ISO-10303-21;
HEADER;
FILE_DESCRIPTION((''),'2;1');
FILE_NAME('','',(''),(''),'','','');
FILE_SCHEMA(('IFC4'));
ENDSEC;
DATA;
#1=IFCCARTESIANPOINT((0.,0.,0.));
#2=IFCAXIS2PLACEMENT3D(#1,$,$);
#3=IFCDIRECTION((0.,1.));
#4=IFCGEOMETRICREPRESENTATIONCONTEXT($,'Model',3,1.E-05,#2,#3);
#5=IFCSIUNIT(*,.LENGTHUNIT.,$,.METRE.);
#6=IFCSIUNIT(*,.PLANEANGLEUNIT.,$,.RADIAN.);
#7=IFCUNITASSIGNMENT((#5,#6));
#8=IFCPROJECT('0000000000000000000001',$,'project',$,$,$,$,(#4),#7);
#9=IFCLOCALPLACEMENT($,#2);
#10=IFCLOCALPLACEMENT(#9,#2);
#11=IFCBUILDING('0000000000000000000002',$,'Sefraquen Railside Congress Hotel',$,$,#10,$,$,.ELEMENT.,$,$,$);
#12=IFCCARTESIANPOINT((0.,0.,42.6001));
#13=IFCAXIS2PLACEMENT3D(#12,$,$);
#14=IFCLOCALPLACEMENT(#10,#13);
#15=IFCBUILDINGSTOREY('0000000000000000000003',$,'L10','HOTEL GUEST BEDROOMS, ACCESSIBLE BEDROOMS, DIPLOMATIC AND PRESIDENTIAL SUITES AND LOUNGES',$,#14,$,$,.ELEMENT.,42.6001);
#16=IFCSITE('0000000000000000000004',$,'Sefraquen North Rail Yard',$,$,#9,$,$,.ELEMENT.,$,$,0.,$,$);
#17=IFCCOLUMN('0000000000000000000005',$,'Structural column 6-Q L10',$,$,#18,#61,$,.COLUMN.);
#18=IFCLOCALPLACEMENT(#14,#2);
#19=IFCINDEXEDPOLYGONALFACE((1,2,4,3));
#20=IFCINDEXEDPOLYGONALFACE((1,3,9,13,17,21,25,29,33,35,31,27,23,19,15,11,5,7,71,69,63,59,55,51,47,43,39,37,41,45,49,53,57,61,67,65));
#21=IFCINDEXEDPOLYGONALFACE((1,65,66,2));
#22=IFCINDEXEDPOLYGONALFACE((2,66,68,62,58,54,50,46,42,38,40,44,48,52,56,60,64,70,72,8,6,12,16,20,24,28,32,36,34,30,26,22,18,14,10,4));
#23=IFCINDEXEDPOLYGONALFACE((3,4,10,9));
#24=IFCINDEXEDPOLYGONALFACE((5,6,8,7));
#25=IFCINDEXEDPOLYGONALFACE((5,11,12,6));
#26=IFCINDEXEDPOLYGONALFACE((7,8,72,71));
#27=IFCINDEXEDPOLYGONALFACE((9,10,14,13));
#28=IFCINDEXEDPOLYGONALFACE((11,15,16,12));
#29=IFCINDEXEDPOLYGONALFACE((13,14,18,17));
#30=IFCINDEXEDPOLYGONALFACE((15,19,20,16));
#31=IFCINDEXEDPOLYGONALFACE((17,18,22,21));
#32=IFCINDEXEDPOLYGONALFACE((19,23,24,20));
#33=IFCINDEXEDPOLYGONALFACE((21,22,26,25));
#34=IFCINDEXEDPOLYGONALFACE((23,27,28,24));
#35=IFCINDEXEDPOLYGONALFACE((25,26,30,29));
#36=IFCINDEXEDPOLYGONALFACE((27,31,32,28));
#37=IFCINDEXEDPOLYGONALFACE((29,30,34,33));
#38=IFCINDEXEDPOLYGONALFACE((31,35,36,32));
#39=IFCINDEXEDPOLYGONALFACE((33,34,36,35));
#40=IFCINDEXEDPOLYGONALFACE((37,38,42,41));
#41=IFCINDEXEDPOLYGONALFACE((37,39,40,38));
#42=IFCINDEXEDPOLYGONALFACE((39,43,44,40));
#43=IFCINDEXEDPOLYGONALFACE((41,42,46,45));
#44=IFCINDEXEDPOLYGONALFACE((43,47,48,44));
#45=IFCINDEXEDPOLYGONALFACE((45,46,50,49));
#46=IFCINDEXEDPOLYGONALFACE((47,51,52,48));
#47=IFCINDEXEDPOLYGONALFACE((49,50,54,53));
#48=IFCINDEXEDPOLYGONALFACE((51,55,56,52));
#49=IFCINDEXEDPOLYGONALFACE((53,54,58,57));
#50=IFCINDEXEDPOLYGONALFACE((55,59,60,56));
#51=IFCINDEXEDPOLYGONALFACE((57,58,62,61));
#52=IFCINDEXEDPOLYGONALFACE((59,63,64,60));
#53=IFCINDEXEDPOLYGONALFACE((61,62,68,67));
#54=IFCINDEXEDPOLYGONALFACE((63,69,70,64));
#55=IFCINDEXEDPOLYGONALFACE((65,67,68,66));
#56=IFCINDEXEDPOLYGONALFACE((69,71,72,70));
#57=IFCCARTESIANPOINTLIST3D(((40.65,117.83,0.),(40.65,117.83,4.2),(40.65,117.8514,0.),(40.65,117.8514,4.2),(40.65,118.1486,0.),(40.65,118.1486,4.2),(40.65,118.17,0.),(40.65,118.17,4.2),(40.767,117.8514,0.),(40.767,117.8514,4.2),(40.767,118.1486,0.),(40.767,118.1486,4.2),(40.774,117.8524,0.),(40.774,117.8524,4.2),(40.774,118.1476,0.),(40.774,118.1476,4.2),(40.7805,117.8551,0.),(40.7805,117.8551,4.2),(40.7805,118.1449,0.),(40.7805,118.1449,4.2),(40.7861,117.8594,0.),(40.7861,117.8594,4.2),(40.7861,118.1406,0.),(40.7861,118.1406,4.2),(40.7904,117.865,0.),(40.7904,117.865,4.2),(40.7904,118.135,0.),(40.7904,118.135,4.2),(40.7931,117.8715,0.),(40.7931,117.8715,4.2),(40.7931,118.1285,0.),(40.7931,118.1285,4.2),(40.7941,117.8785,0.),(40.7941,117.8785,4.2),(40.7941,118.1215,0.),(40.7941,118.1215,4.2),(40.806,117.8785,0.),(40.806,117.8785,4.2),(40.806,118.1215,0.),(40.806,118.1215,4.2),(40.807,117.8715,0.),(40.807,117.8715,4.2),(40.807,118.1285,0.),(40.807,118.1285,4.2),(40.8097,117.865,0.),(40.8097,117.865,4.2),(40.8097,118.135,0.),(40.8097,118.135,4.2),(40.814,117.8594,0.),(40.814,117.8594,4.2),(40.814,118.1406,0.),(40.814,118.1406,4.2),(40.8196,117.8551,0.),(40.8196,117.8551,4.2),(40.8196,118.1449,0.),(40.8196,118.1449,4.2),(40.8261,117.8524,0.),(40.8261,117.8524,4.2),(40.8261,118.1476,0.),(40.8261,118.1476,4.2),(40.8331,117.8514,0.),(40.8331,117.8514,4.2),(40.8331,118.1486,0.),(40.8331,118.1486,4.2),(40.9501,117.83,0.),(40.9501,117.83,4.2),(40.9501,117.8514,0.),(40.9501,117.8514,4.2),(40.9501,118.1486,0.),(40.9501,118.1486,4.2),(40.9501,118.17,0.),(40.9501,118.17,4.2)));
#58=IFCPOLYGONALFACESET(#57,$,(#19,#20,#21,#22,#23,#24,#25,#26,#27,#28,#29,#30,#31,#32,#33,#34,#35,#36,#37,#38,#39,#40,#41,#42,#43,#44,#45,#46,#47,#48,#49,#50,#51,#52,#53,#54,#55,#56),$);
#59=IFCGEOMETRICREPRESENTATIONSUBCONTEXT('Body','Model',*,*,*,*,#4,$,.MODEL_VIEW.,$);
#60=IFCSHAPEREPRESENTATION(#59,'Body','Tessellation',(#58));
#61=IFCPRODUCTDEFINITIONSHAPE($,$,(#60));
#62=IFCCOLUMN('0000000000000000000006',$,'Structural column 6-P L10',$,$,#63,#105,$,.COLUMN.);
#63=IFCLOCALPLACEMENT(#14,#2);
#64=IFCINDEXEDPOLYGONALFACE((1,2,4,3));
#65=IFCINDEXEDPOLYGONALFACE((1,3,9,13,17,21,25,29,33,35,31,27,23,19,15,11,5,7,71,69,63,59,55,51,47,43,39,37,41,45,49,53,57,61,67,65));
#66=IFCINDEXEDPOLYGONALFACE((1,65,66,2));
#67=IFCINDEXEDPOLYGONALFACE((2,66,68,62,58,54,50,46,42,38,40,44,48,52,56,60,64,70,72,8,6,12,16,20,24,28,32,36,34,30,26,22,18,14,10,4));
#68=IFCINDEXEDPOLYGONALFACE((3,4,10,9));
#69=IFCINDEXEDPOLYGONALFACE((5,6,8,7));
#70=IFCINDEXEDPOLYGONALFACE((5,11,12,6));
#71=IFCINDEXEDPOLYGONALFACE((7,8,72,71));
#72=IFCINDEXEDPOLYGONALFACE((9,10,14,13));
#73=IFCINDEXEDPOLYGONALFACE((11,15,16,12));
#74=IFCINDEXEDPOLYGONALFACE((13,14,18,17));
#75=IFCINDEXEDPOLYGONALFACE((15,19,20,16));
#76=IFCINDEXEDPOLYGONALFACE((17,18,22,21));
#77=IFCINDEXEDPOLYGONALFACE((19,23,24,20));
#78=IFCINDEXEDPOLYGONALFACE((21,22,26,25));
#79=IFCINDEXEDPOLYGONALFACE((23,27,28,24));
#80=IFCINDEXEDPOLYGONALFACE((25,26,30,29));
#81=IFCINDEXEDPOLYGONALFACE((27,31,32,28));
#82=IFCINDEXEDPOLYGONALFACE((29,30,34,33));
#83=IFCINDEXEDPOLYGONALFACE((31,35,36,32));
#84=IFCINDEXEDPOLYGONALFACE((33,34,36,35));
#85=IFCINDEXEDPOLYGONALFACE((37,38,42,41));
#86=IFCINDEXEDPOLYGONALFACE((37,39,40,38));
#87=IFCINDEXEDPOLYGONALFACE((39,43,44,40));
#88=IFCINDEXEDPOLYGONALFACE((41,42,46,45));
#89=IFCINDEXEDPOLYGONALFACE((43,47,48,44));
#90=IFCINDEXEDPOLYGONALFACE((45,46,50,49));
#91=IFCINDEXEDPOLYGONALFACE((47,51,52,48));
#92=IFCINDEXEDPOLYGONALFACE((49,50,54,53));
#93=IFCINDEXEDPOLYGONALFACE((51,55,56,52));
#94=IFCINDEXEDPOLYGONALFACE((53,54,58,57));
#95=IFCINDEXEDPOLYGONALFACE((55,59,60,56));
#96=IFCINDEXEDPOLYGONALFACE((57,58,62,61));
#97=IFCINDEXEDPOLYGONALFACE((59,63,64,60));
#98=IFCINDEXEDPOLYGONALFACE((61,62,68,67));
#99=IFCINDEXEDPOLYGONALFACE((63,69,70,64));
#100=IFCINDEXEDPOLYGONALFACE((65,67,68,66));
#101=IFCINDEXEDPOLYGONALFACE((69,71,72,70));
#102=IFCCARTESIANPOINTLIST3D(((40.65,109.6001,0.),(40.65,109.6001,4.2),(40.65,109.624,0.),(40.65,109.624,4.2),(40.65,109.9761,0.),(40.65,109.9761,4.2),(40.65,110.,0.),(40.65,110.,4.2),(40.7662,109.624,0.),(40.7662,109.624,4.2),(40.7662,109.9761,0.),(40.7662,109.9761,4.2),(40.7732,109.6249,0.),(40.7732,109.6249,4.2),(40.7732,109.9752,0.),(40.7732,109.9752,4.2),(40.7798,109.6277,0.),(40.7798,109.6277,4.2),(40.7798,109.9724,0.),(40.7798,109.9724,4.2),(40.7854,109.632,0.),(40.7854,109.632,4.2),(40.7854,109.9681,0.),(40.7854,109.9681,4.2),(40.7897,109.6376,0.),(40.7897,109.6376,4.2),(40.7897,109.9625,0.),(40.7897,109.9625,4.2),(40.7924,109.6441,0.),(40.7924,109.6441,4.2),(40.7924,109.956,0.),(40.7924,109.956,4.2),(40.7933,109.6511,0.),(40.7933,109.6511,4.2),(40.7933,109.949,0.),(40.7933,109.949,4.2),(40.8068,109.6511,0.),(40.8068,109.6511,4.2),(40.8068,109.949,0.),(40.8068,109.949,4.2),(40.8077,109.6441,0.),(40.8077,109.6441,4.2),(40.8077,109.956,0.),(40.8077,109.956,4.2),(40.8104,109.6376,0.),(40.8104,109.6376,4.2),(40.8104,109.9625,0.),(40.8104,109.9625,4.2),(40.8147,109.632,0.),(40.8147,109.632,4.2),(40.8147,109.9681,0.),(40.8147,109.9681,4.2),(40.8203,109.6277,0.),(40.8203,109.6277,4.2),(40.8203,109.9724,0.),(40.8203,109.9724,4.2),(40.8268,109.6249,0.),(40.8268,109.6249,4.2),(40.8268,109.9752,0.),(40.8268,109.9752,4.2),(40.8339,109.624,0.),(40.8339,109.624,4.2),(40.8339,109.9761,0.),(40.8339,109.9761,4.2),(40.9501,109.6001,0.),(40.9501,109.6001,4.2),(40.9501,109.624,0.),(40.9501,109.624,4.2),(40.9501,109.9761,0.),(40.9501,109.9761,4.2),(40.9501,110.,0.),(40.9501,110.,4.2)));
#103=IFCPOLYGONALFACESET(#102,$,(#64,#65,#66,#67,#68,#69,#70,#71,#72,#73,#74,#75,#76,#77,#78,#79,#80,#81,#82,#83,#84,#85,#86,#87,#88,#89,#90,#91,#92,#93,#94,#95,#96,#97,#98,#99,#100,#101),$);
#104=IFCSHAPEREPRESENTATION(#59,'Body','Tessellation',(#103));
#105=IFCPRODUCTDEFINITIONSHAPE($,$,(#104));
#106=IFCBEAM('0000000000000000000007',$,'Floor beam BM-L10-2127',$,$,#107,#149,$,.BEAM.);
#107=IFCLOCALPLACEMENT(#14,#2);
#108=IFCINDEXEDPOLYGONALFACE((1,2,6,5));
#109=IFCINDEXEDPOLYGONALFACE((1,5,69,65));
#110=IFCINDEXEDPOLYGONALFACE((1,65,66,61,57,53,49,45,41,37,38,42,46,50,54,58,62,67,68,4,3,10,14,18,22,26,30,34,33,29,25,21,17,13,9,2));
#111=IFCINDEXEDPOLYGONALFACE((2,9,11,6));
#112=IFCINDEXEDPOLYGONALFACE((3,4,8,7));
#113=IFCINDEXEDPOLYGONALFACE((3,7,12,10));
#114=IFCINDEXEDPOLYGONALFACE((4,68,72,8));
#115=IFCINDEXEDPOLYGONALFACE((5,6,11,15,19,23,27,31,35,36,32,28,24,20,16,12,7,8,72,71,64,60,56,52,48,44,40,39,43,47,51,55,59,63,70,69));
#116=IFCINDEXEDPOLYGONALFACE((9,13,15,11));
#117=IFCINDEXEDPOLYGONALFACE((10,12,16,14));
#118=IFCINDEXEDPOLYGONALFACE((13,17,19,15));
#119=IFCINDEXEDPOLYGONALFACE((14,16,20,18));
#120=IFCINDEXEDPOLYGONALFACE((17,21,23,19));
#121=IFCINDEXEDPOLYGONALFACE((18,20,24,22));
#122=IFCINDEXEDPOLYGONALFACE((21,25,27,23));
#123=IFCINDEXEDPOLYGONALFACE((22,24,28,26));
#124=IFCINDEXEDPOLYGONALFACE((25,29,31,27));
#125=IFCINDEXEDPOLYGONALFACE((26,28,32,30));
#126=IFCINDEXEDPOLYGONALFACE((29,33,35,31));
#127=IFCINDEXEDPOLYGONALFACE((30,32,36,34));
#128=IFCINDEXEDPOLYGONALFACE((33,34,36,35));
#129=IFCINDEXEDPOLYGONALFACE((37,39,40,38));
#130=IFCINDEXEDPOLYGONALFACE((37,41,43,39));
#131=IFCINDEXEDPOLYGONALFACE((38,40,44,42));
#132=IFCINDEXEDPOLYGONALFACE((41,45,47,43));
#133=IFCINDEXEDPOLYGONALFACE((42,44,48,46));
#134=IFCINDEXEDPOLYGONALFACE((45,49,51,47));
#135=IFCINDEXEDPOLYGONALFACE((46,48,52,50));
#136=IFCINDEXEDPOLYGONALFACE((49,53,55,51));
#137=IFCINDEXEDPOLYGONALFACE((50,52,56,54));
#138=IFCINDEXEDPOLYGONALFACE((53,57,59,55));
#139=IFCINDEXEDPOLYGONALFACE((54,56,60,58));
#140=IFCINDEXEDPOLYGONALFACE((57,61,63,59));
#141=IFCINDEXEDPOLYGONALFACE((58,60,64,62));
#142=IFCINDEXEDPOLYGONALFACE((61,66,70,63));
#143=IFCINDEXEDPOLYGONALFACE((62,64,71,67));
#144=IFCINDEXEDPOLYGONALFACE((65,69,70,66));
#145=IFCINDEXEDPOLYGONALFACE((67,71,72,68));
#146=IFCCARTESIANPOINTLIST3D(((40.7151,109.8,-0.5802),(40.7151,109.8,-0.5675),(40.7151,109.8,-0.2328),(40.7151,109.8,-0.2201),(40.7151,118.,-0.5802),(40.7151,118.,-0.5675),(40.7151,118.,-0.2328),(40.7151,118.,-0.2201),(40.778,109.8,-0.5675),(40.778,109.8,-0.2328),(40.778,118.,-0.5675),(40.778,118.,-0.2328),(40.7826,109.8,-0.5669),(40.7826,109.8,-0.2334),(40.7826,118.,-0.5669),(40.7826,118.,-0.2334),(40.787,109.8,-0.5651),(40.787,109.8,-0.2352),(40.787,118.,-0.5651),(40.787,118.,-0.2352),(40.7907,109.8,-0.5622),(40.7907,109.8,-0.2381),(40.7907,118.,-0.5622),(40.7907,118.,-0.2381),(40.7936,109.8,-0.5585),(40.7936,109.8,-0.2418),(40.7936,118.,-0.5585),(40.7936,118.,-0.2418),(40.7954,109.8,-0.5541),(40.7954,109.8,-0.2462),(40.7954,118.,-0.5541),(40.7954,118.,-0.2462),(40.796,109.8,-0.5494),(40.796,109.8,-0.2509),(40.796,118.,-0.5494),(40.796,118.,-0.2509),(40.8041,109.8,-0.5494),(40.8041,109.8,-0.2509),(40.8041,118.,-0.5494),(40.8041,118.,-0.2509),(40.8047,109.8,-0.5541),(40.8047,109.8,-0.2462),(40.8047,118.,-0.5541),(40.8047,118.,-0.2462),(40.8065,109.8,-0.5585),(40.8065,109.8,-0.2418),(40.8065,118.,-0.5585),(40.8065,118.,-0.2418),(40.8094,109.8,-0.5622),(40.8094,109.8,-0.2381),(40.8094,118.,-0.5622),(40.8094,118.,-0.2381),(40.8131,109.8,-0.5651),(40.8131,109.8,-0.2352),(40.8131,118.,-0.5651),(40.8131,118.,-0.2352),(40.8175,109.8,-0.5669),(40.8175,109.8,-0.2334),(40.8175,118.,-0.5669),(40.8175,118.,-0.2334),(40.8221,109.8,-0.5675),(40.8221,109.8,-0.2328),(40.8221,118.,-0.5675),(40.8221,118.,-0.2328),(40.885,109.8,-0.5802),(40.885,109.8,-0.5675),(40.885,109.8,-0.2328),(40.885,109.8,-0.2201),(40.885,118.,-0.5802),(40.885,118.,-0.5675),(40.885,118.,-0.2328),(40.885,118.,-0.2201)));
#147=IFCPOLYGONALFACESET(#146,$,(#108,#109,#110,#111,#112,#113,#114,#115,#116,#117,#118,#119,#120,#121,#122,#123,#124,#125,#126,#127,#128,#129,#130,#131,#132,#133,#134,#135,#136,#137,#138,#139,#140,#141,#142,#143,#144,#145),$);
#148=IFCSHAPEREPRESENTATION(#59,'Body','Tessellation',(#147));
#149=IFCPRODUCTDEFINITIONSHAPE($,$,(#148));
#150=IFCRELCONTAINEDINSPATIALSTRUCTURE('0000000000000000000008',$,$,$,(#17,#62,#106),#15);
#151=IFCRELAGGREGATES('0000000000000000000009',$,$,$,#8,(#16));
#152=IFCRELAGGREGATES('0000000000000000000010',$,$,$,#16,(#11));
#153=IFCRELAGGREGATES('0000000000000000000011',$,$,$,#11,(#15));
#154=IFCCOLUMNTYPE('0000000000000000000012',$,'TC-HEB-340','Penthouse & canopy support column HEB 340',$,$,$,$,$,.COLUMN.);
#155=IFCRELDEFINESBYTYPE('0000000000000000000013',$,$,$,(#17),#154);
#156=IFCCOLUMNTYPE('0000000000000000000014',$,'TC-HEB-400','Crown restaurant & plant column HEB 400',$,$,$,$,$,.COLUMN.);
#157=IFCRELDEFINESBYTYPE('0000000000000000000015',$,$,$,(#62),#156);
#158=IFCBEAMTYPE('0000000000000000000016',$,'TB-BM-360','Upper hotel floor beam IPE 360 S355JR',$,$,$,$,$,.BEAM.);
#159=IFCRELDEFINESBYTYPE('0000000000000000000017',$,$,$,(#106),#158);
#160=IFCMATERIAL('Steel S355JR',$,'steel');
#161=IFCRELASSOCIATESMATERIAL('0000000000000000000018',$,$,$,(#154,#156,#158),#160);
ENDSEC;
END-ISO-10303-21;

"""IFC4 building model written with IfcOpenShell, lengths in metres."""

from ifc_helpers import new_model, si_unit, direction, frame, origin, origin_2d, place, context, subcontext, project, spatial, i_section, extrude, material, material_profile, profile_set, type_object, element, save


model = new_model("IFC4")

# Units and contexts
model_context = context("Model", 3, precision=1e-05, world=origin(), true_north=direction((0.0, 1.0)))
body_context = subcontext(model_context, "Body", "Model", "MODEL_VIEW")
ifc_project = project(units=[si_unit("LENGTHUNIT", "METRE"), si_unit("PLANEANGLEUNIT", "RADIAN")], contexts=[model_context])

# Site, building, storey
site_placement = place(None, origin())
site = spatial("IfcSite", under=ifc_project, at=site_placement, Name="Sefraquen North Rail Yard", CompositionType="ELEMENT", RefElevation=0.0)
building_placement = place(site_placement, origin())
building = spatial("IfcBuilding", under=site, at=building_placement, Name="Sefraquen Railside Congress Hotel", CompositionType="ELEMENT")
storey_placement = place(building_placement, frame((0.0, 0.0, 42.6001)))
storey = spatial("IfcBuildingStorey", under=building, at=storey_placement, Name="L10", Description="HOTEL GUEST BEDROOMS, ACCESSIBLE BEDROOMS, DIPLOMATIC AND PRESIDENTIAL SUITES AND LOUNGES", CompositionType="ELEMENT", Elevation=42.6001)

# Columns
ifc_material_1 = material(Name="Steel S355JR", Category="steel")
ifc_material_profile_1 = material_profile(ifc_material_1, i_section(OverallWidth=0.3, OverallDepth=0.3401, WebThickness=0.012, FlangeThickness=0.0215, FilletRadius=0.0271, at=origin_2d()), Name="HEB 340")
ifc_profile_set_1 = profile_set([ifc_material_profile_1], Name="Steel S355JR")
column_type_1 = type_object("IfcColumnType", Name="TC-HEB-340", Description="Penthouse & canopy support column HEB 340", PredefinedType="COLUMN", material=ifc_profile_set_1)
column_1_placement = place(storey_placement, frame((40.8, 118.0, 0.0), z_axis=(0.0, 0.0, 1.0), x_axis=(1.0, 0.0, 0.0)))
element("IfcColumn", 1, at=column_1_placement, inside=storey, type_object=column_type_1, Name="Structural column 6-Q L10", PredefinedType="COLUMN", context=body_context, shape_type="SweptSolid", body=[
    extrude(i_section(OverallWidth=0.3, OverallDepth=0.3401, WebThickness=0.012, FlangeThickness=0.0215, FilletRadius=0.0271, at=origin_2d()), origin(), (0.0, 0.0, 1.0), 4.2),
])
ifc_material_profile_2 = material_profile(ifc_material_1, i_section(OverallWidth=0.3, OverallDepth=0.3999, WebThickness=0.0134, FlangeThickness=0.0239, FilletRadius=0.0271, at=origin_2d()), Name="HEB 400")
ifc_profile_set_2 = profile_set([ifc_material_profile_2], Name="Steel S355JR")
column_type_2 = type_object("IfcColumnType", Name="TC-HEB-400", Description="Crown restaurant & plant column HEB 400", PredefinedType="COLUMN", material=ifc_profile_set_2)
column_2_placement = place(storey_placement, frame((40.8, 109.8, 0.0), z_axis=(0.0, 0.0, 1.0), x_axis=(1.0, 0.0, 0.0)))
element("IfcColumn", 2, at=column_2_placement, inside=storey, type_object=column_type_2, Name="Structural column 6-P L10", PredefinedType="COLUMN", context=body_context, shape_type="SweptSolid", body=[
    extrude(i_section(OverallWidth=0.3, OverallDepth=0.3999, WebThickness=0.0134, FlangeThickness=0.0239, FilletRadius=0.0271, at=origin_2d()), origin(), (0.0, 0.0, 1.0), 4.2),
])

# Beam
ifc_material_profile_3 = material_profile(ifc_material_1, i_section(OverallWidth=0.1699, OverallDepth=0.3601, WebThickness=0.0081, FlangeThickness=0.0127, FilletRadius=0.0181, at=origin_2d()), Name="IPE 360")
ifc_profile_set_3 = profile_set([ifc_material_profile_3], Name="Steel S355JR")
beam_type_1 = type_object("IfcBeamType", Name="TB-BM-360", Description="Upper hotel floor beam IPE 360 S355JR", PredefinedType="BEAM", material=ifc_profile_set_3)
beam_placement = place(storey_placement, frame((40.8, 109.8, -0.4001), z_axis=(0.0, 1.0, 0.0), x_axis=(-1.0, 0.0, 0.0)))
element("IfcBeam", 3, at=beam_placement, inside=storey, type_object=beam_type_1, Name="Floor beam BM-L10-2127", PredefinedType="BEAM", context=body_context, shape_type="SweptSolid", body=[
    extrude(i_section(OverallWidth=0.1699, OverallDepth=0.3601, WebThickness=0.0081, FlangeThickness=0.0127, FilletRadius=0.0181, at=origin_2d()), origin(), (0.0, 0.0, 1.0), 8.2),
])

save(model, "model.ifc")
